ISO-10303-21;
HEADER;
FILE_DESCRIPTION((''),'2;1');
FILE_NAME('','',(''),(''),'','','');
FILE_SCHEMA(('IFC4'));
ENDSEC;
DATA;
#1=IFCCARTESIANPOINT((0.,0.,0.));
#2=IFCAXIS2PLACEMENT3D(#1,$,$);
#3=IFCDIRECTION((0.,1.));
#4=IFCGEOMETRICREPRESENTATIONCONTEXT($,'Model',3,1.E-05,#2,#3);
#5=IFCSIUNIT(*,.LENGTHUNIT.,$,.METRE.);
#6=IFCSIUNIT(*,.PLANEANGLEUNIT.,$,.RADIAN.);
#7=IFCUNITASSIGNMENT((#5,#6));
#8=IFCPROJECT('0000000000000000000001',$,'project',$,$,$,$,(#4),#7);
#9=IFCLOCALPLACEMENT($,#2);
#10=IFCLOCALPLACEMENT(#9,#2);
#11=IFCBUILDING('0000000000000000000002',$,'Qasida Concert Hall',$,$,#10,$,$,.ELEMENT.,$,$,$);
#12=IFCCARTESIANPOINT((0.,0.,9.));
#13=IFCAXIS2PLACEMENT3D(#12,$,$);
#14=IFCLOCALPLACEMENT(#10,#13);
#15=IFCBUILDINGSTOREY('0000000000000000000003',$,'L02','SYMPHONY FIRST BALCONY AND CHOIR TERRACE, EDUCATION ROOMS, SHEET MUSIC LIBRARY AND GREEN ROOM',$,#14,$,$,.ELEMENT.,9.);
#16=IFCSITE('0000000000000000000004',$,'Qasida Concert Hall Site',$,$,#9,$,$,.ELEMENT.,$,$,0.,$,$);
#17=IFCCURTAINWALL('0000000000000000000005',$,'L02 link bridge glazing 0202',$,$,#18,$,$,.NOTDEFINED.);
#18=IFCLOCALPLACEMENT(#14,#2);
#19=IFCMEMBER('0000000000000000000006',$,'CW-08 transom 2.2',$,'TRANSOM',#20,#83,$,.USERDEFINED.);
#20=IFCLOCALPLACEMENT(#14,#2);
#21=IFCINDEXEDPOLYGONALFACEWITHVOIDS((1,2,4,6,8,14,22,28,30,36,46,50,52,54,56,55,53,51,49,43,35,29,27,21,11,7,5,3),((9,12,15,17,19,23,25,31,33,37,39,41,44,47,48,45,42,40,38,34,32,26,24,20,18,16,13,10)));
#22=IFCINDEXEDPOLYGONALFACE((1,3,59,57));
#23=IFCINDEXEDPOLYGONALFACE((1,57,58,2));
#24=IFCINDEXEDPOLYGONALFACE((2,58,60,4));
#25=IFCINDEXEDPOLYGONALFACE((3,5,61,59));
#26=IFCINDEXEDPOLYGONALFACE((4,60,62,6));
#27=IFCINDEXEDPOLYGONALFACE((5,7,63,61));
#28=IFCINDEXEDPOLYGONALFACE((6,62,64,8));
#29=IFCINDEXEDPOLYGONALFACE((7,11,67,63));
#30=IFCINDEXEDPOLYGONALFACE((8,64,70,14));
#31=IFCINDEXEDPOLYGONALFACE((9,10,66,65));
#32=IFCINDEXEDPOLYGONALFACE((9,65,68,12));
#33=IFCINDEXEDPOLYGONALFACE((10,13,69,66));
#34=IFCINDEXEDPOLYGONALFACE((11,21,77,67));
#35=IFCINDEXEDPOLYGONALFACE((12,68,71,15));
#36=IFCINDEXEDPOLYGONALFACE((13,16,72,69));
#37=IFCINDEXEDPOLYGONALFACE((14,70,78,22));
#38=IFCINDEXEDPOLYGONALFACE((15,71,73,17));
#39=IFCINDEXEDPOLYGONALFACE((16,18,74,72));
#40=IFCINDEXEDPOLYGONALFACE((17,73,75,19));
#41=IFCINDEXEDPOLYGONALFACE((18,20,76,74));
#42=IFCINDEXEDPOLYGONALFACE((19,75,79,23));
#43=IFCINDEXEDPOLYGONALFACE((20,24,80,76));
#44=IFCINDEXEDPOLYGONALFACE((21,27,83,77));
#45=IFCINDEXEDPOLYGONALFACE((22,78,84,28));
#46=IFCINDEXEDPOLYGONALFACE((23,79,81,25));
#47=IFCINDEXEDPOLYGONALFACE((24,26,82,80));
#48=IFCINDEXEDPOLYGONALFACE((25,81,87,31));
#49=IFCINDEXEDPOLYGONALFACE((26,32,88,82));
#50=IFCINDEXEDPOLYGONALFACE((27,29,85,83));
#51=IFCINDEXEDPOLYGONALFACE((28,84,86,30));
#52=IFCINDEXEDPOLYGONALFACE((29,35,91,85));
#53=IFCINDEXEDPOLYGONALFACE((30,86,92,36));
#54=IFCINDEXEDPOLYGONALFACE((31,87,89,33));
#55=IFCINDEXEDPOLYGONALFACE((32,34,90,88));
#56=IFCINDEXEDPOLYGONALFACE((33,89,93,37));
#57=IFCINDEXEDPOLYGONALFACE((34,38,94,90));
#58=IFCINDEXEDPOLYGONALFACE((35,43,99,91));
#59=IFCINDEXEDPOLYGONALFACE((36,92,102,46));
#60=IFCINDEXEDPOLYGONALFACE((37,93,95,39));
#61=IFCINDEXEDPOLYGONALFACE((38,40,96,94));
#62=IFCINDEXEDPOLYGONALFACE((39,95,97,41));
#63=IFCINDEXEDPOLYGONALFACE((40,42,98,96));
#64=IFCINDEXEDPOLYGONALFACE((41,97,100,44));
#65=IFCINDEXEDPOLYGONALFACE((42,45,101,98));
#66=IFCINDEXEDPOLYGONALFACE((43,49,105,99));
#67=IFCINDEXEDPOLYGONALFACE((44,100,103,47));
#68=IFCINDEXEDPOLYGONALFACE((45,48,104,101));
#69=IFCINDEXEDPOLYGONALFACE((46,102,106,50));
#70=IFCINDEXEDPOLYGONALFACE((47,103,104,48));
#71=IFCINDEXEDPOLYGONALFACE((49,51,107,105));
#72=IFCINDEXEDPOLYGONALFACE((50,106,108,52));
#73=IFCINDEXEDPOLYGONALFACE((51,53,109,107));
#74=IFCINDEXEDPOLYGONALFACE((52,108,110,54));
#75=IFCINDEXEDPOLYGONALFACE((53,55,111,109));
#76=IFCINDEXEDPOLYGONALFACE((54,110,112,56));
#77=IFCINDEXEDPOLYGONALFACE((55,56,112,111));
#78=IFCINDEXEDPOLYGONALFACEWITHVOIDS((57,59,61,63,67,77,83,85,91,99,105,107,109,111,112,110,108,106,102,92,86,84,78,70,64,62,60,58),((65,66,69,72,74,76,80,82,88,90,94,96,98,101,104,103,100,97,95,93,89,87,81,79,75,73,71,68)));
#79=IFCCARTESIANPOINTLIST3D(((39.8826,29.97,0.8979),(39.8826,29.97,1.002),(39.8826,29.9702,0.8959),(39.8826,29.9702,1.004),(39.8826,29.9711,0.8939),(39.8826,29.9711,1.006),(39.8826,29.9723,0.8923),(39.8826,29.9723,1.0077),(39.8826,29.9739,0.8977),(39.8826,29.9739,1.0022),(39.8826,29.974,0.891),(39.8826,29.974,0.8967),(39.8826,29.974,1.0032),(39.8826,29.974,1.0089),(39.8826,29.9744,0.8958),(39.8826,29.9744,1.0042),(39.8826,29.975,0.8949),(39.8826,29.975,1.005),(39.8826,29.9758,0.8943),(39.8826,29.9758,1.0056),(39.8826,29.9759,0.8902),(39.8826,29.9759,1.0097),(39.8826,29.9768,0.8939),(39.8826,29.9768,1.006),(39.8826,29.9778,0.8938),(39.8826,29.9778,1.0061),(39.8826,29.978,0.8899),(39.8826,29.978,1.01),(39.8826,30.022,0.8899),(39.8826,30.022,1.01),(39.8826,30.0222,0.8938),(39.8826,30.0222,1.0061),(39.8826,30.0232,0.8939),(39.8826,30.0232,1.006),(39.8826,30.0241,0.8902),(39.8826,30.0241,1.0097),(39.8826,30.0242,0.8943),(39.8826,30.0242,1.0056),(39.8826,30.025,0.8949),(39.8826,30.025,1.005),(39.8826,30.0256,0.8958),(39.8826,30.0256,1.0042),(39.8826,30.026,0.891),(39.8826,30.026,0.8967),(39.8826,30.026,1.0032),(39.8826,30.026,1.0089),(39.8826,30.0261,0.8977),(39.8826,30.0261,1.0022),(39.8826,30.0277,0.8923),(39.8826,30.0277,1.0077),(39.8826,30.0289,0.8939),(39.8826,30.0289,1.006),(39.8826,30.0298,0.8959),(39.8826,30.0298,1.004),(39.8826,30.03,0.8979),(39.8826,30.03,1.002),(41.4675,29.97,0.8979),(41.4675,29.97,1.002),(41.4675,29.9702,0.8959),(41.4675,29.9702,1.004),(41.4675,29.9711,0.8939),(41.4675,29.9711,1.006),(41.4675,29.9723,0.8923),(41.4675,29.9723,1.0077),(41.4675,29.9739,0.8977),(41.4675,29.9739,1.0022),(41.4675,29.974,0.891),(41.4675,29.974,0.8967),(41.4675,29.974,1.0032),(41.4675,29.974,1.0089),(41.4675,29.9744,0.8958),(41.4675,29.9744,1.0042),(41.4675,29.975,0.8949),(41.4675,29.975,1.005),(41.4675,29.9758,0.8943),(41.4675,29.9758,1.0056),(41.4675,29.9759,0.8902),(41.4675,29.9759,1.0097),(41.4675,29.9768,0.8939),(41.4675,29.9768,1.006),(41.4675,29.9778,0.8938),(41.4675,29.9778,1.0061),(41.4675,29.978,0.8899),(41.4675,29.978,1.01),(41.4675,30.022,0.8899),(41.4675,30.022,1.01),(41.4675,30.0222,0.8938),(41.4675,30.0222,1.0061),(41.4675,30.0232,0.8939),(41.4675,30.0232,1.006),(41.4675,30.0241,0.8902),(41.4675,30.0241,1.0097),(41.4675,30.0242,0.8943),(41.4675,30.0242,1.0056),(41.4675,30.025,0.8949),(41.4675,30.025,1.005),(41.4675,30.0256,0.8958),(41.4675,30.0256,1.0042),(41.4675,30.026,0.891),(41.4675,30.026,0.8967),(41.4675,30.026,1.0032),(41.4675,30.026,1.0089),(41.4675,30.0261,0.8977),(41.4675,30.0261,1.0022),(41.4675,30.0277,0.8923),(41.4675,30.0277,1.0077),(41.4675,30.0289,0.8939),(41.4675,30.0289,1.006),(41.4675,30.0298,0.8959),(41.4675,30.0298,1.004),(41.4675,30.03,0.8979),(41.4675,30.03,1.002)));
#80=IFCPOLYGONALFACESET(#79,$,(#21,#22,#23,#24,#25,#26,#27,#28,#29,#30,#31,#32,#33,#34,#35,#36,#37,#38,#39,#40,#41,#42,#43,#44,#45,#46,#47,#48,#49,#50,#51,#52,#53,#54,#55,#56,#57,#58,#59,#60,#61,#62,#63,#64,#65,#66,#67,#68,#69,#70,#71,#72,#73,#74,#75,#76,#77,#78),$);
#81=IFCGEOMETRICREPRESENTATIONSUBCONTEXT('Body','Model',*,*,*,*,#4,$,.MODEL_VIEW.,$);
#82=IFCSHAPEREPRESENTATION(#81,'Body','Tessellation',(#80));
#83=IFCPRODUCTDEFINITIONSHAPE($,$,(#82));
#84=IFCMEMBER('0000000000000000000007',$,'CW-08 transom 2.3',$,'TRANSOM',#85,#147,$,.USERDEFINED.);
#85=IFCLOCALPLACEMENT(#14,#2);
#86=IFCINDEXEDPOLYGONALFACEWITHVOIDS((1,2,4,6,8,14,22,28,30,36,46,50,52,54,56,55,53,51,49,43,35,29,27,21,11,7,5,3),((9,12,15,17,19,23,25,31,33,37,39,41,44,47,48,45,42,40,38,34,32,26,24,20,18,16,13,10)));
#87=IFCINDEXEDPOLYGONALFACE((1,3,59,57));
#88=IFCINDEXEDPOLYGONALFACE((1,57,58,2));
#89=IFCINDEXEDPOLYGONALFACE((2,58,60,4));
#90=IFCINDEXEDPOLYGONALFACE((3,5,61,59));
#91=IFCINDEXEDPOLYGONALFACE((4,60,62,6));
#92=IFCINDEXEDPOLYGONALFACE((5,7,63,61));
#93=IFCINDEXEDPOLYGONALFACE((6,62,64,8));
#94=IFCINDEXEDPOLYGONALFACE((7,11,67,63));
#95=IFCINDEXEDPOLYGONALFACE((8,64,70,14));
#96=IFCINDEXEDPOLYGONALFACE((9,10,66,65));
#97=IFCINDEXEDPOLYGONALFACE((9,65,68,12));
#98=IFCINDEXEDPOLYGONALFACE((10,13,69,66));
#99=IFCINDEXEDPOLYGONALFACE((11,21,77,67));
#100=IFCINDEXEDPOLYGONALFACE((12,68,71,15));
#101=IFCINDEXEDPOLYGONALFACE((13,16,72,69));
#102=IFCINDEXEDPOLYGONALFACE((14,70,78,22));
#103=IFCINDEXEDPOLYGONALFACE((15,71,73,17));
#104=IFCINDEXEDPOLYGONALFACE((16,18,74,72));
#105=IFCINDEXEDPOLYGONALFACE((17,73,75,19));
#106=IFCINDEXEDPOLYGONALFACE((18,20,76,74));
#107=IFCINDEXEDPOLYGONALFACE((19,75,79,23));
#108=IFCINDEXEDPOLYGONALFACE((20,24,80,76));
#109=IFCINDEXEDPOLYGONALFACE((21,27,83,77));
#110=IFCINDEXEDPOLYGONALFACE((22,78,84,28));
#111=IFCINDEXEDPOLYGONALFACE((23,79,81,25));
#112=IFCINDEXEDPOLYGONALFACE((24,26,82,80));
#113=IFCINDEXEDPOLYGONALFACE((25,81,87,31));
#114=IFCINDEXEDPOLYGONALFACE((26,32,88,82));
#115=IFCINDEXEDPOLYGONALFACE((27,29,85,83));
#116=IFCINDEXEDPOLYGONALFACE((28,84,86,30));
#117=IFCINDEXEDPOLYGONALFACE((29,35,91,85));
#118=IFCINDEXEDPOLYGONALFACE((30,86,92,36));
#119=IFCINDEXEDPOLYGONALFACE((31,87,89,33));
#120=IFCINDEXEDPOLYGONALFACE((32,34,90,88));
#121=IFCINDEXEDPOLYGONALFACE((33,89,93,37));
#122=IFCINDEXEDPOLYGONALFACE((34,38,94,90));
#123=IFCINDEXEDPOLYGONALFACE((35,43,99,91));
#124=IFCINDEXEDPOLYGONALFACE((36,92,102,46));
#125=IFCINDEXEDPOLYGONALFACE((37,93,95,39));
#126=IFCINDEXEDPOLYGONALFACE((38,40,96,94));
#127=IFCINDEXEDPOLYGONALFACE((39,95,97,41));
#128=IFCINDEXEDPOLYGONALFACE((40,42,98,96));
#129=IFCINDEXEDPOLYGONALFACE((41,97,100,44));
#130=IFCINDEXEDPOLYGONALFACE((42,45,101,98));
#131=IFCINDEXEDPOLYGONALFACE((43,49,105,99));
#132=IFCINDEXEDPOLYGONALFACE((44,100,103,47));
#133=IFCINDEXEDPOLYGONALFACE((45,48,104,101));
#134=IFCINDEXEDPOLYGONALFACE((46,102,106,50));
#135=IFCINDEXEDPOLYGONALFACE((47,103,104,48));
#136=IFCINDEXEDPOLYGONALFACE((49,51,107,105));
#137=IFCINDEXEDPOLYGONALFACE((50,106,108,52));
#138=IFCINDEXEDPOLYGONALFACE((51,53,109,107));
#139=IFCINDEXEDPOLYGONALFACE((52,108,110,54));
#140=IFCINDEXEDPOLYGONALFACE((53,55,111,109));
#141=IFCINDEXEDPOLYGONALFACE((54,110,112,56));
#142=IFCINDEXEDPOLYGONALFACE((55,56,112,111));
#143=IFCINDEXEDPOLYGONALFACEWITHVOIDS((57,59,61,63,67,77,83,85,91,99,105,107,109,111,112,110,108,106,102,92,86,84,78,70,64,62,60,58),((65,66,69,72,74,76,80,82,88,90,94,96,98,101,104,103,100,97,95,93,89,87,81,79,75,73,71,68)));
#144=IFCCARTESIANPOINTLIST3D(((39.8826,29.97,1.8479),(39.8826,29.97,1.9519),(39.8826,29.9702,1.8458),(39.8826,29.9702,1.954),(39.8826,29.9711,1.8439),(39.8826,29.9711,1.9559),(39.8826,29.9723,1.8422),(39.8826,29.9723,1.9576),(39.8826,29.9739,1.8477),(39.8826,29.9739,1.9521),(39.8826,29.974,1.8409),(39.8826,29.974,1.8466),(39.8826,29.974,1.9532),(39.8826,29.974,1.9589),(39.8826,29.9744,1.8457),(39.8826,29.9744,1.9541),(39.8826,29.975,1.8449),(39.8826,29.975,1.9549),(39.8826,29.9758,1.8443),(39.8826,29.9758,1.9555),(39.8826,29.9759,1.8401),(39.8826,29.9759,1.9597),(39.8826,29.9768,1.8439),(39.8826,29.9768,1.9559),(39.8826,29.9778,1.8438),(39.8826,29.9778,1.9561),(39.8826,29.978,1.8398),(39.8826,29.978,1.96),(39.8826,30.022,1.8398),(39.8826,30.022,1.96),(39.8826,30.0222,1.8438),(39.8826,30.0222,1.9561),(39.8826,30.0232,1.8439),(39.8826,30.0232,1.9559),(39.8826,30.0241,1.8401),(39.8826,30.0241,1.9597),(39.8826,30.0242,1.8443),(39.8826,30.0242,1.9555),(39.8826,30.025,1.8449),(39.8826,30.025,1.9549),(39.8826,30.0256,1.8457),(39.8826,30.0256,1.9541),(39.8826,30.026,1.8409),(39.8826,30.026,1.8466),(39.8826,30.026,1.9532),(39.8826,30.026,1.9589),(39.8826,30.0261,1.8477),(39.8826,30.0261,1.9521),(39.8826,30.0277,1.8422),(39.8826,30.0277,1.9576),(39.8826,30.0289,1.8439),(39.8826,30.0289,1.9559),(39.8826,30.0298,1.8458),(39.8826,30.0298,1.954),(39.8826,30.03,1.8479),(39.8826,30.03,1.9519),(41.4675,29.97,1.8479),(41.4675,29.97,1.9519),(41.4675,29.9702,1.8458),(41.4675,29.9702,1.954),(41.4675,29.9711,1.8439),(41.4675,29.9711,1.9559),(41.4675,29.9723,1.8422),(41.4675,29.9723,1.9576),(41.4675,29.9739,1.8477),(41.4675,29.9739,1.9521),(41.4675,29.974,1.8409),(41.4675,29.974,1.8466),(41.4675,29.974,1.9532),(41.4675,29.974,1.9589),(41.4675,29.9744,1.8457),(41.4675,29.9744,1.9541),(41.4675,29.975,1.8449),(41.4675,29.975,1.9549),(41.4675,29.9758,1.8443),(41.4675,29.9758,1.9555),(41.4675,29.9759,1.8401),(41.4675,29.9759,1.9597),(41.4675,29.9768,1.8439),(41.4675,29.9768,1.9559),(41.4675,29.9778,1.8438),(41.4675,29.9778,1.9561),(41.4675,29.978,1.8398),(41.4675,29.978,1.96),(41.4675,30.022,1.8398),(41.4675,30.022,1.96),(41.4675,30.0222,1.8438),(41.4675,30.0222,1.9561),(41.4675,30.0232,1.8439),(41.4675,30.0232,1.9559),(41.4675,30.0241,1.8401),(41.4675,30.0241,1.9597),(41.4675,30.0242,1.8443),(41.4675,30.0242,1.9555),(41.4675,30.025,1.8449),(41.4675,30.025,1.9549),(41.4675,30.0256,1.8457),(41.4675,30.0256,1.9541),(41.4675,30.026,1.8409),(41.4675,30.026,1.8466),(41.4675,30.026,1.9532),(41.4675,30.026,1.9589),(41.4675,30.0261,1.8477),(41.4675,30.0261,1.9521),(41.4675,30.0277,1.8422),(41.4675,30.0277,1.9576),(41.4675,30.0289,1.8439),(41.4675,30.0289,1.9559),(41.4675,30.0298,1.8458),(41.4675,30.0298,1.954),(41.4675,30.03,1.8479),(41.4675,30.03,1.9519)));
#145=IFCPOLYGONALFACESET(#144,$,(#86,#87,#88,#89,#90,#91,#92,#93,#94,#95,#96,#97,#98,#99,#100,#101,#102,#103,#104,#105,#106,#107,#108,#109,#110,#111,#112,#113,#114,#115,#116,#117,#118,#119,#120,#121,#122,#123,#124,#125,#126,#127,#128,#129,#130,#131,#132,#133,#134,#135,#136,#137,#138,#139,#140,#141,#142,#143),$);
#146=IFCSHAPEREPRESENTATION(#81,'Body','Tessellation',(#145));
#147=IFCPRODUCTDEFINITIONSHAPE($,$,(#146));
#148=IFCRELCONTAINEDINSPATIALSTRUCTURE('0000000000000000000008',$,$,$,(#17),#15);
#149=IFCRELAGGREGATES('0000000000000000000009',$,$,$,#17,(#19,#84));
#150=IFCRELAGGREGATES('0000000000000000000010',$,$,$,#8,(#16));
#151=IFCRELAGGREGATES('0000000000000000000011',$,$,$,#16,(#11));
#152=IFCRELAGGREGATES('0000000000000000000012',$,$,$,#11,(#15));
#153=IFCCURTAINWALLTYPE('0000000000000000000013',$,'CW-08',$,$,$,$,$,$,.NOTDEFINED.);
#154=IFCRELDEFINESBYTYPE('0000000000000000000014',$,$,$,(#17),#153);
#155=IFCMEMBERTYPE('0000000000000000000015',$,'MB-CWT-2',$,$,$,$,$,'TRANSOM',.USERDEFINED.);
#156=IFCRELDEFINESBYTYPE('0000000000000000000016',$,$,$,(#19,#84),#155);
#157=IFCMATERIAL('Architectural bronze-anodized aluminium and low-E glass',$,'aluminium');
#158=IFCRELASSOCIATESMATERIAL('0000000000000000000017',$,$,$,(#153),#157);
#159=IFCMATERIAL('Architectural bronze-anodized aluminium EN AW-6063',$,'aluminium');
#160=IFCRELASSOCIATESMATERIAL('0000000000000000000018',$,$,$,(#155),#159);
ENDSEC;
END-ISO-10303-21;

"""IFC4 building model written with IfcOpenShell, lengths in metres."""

from ifc_helpers import new_model, si_unit, direction, frame, origin, origin_2d, place, context, subcontext, project, spatial, hollow_rectangle, extrude, material, material_profile, profile_set, type_object, element, aggregate, save


model = new_model("IFC4")

# Units and contexts
model_context = context("Model", 3, precision=1e-05, world=origin(), true_north=direction((0.0, 1.0)))
body_context = subcontext(model_context, "Body", "Model", "MODEL_VIEW")
ifc_project = project(units=[si_unit("LENGTHUNIT", "METRE"), si_unit("PLANEANGLEUNIT", "RADIAN")], contexts=[model_context])

# Site, building, storey
site_placement = place(None, origin())
site = spatial("IfcSite", under=ifc_project, at=site_placement, Name="Qasida Concert Hall Site", CompositionType="ELEMENT", RefElevation=0.0)
building_placement = place(site_placement, origin())
building = spatial("IfcBuilding", under=site, at=building_placement, Name="Qasida Concert Hall", CompositionType="ELEMENT")
storey_placement = place(building_placement, frame((0.0, 0.0, 9.0)))
storey = spatial("IfcBuildingStorey", under=building, at=storey_placement, Name="L02", Description="SYMPHONY FIRST BALCONY AND CHOIR TERRACE, EDUCATION ROOMS, SHEET MUSIC LIBRARY AND GREEN ROOM", CompositionType="ELEMENT", Elevation=9.0)

# Curtain wall, members
ifc_material_1 = material(Name="Architectural bronze-anodized aluminium and low-E glass", Category="aluminium")
curtain_wall_type = type_object("IfcCurtainWallType", Name="CW-08", PredefinedType="NOTDEFINED", material=ifc_material_1)
curtain_wall_placement = place(storey_placement, origin())
curtain_wall = element("IfcCurtainWall", 1, at=curtain_wall_placement, inside=storey, type_object=curtain_wall_type, Name="L02 link bridge glazing 0202", PredefinedType="NOTDEFINED")
ifc_material_2 = material(Name="Architectural bronze-anodized aluminium EN AW-6063", Category="aluminium")
ifc_material_profile_1 = material_profile(ifc_material_2, hollow_rectangle(XDim=0.0601, YDim=0.1201, WallThickness=0.0039, InnerFilletRadius=0.0039, OuterFilletRadius=0.0081, at=origin_2d()), Name="CWT 120x60x4")
ifc_profile_set_1 = profile_set([ifc_material_profile_1], Name="Architectural bronze-anodized aluminium EN AW-6063")
member_type_1 = type_object("IfcMemberType", Name="MB-CWT-2", ElementType="TRANSOM", PredefinedType="USERDEFINED", material=ifc_profile_set_1)
member_1_placement = place(storey_placement, frame((39.8826, 30.0, 0.95), z_axis=(1.0, 0.0, 0.0), x_axis=(0.0, 1.0, 0.0)))
member_1 = element("IfcMember", 2, at=member_1_placement, type_object=member_type_1, Name="CW-08 transom 2.2", ObjectType="TRANSOM", PredefinedType="USERDEFINED", context=body_context, shape_type="SweptSolid", body=[
    extrude(hollow_rectangle(XDim=0.0601, YDim=0.1201, WallThickness=0.0039, InnerFilletRadius=0.0039, OuterFilletRadius=0.0081, at=origin_2d()), origin(), (0.0, 0.0, 1.0), 1.585),
])
member_2_placement = place(storey_placement, frame((39.8826, 30.0, 1.8999), z_axis=(1.0, 0.0, 0.0), x_axis=(0.0, 1.0, 0.0)))
member_2 = element("IfcMember", 3, at=member_2_placement, type_object=member_type_1, Name="CW-08 transom 2.3", ObjectType="TRANSOM", PredefinedType="USERDEFINED", context=body_context, shape_type="SweptSolid", body=[
    extrude(hollow_rectangle(XDim=0.0601, YDim=0.1201, WallThickness=0.0039, InnerFilletRadius=0.0039, OuterFilletRadius=0.0081, at=origin_2d()), origin(), (0.0, 0.0, 1.0), 1.585),
])
aggregate(curtain_wall, [member_1, member_2])

save(model, "model.ifc")
